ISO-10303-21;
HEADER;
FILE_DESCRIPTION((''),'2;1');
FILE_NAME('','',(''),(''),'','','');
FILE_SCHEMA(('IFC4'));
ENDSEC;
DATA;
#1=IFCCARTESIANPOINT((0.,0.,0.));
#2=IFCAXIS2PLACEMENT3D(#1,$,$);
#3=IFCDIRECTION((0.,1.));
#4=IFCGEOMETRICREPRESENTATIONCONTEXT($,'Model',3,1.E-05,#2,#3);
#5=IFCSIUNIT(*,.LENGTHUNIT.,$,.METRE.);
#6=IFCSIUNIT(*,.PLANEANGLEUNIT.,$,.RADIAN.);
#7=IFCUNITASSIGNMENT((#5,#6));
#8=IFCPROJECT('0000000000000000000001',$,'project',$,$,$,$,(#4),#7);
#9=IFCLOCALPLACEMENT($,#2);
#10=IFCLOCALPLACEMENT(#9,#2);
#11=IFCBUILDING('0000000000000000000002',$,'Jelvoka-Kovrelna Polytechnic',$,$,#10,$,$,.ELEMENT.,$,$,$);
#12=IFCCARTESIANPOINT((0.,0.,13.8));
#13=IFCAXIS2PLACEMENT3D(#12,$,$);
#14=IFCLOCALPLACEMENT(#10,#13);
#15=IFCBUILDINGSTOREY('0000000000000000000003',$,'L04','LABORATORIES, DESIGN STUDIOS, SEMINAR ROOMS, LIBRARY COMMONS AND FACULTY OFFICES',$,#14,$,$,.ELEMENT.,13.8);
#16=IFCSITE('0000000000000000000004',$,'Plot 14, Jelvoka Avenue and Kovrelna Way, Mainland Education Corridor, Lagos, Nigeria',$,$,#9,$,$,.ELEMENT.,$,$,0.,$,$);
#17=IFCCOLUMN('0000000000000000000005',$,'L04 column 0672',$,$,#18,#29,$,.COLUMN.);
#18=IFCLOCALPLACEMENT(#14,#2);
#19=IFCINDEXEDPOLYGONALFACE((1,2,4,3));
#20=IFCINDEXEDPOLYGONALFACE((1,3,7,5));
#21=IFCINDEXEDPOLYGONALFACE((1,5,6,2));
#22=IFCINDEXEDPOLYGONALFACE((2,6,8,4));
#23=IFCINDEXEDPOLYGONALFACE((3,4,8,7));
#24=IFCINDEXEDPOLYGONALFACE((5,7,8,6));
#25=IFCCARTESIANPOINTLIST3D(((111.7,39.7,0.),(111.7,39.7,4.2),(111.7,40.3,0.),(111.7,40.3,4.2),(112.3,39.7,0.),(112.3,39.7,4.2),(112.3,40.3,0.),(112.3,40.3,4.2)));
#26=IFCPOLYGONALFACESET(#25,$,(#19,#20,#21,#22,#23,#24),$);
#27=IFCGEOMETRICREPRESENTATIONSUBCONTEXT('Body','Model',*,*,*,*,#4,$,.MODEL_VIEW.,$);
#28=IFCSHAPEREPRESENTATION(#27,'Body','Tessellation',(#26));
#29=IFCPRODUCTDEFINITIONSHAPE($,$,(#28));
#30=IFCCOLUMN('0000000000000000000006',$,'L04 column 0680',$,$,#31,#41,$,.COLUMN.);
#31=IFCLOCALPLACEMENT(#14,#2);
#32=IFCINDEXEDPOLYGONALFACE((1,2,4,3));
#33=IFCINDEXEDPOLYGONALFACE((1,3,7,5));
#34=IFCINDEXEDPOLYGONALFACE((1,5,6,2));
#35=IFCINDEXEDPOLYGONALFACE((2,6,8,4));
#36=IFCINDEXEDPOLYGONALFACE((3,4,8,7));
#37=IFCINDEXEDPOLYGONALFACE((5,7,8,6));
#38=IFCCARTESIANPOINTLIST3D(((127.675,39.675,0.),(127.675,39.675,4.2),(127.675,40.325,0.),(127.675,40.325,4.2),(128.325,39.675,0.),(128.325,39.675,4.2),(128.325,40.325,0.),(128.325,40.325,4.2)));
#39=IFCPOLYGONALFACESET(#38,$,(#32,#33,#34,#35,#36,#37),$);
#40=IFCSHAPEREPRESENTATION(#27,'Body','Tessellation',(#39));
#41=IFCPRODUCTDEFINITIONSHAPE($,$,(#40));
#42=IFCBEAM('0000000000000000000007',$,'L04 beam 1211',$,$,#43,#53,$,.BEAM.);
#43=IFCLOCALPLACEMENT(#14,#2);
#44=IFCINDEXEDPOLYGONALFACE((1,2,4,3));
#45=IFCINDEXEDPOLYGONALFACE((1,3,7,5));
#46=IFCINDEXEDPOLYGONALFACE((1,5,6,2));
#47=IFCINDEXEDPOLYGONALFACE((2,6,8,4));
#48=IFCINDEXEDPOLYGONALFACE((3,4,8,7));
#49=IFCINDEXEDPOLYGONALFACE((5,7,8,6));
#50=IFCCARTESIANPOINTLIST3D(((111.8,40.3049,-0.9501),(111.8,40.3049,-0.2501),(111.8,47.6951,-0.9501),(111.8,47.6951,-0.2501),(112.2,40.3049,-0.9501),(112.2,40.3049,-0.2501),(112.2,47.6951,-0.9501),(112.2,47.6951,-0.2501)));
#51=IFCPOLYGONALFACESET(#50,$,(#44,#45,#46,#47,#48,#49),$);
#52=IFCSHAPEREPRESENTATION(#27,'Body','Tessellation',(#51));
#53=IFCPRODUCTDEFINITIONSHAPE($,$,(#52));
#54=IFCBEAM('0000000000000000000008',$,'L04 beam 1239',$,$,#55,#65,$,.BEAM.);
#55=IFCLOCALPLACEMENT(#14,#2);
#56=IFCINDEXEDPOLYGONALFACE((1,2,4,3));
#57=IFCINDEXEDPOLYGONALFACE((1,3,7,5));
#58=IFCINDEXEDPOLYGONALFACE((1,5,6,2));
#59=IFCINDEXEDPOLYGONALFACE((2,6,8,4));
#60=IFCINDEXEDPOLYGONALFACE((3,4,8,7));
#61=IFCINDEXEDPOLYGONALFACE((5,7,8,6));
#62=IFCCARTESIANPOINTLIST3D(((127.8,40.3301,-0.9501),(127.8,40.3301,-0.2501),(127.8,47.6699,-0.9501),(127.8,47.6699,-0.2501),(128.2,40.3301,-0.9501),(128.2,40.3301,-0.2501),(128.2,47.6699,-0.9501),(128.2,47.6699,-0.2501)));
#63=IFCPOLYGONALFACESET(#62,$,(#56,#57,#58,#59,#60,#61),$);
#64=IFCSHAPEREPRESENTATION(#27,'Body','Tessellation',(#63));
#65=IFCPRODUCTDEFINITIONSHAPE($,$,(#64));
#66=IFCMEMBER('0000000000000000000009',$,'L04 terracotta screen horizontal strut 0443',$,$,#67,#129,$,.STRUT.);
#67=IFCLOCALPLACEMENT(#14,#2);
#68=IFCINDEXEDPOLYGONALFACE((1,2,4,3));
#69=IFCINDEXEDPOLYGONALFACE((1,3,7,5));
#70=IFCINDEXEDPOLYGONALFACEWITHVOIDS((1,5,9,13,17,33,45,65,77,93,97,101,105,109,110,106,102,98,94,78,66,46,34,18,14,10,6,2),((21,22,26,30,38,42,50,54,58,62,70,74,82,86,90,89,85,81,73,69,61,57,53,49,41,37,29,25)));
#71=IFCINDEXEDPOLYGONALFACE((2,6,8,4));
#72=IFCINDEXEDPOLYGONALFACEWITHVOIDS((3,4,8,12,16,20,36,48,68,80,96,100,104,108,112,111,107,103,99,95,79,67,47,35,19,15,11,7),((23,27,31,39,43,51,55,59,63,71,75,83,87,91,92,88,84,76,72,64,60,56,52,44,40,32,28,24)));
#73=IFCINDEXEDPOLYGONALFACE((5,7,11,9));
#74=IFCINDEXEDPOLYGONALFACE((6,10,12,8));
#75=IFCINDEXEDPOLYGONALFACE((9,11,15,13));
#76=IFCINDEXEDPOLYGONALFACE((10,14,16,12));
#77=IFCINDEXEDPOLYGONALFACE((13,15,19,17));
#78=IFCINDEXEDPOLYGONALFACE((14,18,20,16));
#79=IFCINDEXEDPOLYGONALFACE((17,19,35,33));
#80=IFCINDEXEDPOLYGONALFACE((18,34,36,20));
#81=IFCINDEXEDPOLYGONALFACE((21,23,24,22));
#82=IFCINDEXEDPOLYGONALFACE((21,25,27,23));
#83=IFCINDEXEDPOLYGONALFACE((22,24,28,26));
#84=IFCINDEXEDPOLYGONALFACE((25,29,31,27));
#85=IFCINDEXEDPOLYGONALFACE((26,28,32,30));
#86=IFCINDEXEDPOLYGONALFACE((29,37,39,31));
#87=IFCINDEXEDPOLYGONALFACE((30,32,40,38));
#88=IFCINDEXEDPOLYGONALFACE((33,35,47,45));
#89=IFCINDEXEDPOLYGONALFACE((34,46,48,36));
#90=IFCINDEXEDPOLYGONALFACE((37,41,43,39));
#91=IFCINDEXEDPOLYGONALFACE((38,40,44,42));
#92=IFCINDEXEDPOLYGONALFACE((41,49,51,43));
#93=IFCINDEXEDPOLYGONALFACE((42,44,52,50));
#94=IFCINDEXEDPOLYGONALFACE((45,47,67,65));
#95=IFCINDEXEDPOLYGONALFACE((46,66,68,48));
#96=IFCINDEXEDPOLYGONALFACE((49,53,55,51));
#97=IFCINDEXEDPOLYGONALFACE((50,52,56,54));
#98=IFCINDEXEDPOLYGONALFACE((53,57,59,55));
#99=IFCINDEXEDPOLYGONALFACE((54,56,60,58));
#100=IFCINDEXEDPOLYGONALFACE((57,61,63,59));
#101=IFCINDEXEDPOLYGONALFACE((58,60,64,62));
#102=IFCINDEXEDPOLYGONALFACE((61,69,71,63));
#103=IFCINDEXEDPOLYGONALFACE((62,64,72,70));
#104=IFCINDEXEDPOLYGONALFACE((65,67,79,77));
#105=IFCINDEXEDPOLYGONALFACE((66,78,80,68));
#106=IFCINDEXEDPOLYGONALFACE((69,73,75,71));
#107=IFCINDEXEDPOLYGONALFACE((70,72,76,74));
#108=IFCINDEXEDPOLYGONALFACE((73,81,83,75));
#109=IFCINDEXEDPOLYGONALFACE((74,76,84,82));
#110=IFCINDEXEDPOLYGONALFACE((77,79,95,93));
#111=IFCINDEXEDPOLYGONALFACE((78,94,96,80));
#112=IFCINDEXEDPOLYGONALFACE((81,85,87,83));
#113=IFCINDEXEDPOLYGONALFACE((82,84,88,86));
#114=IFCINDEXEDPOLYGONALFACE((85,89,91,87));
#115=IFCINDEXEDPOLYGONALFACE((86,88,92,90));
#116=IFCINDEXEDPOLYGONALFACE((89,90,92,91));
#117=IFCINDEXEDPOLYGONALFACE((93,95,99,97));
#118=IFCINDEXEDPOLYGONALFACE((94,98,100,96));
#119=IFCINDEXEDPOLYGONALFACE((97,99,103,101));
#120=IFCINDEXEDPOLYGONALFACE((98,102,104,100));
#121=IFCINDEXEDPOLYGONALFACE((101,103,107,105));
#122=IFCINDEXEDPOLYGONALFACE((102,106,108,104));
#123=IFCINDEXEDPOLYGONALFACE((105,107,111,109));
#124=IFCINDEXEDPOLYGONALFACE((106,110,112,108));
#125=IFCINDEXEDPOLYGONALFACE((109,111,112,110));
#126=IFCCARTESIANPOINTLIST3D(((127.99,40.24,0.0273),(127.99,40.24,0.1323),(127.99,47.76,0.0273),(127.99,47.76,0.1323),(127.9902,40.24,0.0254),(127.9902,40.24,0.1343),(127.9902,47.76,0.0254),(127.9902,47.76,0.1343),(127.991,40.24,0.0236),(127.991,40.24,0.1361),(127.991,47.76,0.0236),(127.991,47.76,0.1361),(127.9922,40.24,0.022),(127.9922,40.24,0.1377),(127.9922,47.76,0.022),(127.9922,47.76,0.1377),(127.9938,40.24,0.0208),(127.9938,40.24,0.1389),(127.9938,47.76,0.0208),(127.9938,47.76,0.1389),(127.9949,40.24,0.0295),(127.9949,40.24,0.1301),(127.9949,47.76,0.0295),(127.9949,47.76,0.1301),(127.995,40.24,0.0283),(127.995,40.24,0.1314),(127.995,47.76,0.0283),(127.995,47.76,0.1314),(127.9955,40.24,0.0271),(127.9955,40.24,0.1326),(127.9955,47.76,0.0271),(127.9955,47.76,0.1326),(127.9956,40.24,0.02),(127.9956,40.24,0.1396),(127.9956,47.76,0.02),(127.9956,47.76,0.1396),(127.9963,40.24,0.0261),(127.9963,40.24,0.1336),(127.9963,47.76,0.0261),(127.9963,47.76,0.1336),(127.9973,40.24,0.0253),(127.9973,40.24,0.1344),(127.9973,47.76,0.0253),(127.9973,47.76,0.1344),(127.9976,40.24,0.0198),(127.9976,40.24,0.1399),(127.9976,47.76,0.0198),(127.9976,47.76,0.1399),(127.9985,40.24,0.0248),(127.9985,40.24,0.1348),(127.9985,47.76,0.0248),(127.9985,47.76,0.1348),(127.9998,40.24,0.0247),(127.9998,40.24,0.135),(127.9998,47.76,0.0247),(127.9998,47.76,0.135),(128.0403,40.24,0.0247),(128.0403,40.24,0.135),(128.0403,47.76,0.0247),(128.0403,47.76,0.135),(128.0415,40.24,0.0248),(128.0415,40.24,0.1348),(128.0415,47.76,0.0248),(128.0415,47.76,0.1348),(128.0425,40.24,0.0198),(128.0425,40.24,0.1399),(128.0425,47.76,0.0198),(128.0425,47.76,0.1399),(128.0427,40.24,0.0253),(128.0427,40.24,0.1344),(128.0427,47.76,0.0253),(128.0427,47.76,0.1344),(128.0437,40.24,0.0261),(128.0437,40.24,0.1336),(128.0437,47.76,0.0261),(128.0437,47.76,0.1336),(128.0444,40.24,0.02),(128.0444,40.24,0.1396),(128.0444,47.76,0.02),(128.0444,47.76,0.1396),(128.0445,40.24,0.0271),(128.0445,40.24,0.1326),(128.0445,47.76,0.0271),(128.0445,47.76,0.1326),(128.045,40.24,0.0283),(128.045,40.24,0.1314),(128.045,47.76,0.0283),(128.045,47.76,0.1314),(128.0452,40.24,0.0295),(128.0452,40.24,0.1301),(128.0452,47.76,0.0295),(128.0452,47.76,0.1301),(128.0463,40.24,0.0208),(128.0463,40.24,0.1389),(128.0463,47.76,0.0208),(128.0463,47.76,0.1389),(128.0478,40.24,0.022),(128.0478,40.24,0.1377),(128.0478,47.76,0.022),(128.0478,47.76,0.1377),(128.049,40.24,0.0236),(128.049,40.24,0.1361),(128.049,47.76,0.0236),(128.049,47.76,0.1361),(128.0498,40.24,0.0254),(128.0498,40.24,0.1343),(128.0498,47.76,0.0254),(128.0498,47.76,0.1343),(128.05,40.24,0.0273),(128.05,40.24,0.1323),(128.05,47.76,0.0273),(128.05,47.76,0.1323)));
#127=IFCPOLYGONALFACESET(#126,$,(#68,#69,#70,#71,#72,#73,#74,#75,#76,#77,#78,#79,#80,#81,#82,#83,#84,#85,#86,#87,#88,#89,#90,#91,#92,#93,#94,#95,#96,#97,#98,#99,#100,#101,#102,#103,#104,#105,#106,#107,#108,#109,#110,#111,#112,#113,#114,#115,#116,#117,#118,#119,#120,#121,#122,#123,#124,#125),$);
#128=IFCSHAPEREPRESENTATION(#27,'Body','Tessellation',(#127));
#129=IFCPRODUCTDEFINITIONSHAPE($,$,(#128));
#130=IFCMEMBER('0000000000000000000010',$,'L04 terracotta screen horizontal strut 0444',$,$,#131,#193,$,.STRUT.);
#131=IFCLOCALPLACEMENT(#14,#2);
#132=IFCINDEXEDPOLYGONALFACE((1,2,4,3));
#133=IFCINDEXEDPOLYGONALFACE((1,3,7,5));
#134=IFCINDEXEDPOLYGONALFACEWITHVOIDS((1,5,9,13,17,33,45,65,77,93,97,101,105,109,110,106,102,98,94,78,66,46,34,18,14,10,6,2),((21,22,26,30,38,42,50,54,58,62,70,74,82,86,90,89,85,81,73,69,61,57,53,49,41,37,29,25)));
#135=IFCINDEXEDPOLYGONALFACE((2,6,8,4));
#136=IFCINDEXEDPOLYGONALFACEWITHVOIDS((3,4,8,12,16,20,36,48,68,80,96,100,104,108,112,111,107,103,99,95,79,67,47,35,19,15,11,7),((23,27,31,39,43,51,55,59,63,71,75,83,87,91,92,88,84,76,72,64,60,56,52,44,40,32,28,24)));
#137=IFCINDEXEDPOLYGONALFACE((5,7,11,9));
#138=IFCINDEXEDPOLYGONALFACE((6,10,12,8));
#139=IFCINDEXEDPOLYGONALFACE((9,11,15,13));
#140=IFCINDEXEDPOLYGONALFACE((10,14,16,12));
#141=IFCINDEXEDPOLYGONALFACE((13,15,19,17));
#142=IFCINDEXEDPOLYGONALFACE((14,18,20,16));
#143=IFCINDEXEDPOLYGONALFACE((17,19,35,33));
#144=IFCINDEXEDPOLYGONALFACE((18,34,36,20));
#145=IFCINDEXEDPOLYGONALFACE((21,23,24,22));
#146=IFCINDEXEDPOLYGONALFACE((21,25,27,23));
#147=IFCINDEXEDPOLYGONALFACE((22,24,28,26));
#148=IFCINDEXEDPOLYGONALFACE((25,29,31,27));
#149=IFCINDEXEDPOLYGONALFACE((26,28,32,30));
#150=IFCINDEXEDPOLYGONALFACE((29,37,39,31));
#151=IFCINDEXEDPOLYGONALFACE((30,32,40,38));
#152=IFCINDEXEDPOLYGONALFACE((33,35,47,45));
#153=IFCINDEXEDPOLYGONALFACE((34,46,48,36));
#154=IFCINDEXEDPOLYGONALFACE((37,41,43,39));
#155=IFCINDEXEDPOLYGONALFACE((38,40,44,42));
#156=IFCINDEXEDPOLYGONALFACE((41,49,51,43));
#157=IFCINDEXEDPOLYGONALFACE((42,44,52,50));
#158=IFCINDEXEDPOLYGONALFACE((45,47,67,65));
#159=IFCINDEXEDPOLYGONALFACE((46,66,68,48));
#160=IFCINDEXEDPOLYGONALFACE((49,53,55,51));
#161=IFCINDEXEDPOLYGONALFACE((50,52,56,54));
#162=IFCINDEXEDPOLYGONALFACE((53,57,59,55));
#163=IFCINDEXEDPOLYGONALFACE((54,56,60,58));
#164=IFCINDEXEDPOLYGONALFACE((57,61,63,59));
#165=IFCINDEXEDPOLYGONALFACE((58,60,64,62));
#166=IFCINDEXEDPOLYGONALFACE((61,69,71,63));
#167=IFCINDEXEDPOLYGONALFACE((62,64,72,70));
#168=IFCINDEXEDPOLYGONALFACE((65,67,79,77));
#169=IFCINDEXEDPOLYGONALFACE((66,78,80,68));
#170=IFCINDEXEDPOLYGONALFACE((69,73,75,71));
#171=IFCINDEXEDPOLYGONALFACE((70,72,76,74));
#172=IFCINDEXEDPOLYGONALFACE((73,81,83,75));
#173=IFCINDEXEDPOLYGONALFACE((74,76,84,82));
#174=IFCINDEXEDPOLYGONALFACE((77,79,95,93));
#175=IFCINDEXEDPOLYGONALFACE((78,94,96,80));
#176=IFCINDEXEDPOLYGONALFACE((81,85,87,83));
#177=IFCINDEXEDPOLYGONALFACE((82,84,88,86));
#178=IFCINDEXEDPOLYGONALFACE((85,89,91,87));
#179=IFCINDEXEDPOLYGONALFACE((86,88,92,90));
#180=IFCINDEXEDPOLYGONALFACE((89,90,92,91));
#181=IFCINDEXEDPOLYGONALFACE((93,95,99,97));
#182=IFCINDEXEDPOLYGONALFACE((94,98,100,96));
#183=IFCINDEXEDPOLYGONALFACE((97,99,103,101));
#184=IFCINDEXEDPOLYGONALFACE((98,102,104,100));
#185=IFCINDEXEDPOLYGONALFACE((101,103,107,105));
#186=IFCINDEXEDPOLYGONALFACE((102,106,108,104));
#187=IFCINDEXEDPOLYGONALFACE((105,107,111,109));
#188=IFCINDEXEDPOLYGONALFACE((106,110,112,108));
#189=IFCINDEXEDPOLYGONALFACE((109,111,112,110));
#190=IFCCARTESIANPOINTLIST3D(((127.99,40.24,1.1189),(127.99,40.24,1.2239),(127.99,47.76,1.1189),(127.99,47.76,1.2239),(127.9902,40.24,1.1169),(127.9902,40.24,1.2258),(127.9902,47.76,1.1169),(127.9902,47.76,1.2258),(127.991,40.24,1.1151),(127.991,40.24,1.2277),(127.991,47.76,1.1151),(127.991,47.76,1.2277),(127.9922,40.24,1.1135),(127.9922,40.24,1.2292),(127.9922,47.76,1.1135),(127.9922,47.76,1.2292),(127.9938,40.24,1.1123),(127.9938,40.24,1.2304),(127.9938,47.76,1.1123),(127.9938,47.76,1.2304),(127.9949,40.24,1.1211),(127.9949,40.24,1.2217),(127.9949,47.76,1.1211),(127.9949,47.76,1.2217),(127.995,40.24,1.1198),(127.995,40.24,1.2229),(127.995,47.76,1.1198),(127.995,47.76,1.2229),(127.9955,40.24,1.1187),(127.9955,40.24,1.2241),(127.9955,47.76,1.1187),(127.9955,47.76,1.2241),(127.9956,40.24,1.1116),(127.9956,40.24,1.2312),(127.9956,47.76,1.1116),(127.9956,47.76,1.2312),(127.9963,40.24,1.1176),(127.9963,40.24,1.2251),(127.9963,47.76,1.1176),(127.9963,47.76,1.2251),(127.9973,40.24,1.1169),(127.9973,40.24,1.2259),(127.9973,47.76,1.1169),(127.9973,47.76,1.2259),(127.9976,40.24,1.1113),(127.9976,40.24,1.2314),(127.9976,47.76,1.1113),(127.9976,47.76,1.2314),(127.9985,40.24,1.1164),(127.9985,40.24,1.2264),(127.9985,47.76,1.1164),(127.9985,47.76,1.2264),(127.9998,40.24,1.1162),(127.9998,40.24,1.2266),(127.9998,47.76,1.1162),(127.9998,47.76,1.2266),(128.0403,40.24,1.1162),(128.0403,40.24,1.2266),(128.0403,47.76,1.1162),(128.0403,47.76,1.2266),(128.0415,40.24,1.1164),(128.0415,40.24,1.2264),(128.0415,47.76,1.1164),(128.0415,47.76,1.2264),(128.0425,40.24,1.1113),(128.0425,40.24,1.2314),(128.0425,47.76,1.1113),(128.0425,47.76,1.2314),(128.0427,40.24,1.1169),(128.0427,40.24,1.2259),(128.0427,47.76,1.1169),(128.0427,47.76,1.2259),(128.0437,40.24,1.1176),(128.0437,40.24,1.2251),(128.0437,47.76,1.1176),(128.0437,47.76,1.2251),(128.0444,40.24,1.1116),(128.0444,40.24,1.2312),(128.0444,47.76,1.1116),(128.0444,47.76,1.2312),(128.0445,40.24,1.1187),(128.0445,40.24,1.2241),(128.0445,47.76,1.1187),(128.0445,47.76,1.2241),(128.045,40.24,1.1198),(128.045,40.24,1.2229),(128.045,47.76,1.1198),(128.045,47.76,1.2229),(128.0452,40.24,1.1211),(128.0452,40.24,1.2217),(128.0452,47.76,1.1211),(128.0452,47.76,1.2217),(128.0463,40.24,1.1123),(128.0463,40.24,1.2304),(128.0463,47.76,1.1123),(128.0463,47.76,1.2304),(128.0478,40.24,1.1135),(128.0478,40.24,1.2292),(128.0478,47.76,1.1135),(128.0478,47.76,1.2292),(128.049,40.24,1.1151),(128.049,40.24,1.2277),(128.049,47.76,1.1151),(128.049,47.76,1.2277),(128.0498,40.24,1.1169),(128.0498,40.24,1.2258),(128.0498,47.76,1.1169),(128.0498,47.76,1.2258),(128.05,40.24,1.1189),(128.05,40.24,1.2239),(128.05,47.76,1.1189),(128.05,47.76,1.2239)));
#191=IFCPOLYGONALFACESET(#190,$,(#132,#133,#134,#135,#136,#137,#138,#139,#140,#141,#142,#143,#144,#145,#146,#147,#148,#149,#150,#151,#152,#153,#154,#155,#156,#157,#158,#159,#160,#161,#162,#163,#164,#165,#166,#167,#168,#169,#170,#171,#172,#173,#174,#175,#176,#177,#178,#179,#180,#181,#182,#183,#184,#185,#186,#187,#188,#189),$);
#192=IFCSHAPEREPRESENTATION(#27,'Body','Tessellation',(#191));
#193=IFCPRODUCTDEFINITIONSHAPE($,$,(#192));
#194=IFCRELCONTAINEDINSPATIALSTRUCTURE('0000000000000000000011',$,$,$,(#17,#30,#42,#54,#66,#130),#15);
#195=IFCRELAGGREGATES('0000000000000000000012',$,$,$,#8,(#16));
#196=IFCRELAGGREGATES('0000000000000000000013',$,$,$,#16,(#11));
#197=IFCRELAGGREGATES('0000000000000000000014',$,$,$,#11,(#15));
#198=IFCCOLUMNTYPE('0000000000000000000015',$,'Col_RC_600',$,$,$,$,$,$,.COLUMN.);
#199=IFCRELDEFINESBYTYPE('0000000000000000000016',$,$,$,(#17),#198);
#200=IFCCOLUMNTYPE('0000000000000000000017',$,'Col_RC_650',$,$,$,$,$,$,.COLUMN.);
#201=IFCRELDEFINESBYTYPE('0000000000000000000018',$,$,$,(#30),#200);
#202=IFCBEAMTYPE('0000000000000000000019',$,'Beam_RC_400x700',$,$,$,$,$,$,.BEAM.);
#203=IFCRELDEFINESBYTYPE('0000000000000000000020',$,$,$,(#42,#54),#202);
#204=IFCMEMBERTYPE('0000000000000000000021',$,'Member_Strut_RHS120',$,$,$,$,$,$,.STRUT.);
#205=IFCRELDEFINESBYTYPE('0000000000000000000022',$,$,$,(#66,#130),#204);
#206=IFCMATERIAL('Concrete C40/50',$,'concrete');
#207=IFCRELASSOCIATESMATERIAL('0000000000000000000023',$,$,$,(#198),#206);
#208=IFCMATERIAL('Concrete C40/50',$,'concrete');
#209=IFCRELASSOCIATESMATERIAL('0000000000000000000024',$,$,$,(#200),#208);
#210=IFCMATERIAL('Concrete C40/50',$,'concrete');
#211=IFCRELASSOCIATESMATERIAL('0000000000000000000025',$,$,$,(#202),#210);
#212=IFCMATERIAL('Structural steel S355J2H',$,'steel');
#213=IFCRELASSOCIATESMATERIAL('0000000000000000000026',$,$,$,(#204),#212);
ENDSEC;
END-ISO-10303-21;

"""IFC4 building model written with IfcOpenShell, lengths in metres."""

from ifc_helpers import new_model, si_unit, direction, frame, origin, origin_2d, place, context, subcontext, project, spatial, rectangle, hollow_rectangle, extrude, material, material_profile, profile_set, type_object, element, save


model = new_model("IFC4")

# Units and contexts
model_context = context("Model", 3, precision=1e-05, world=origin(), true_north=direction((0.0, 1.0)))
body_context = subcontext(model_context, "Body", "Model", "MODEL_VIEW")
ifc_project = project(units=[si_unit("LENGTHUNIT", "METRE"), si_unit("PLANEANGLEUNIT", "RADIAN")], contexts=[model_context])

# Site, building, storey
site_placement = place(None, origin())
site = spatial("IfcSite", under=ifc_project, at=site_placement, Name="Plot 14, Jelvoka Avenue and Kovrelna Way, Mainland Education Corridor, Lagos, Nigeria", CompositionType="ELEMENT", RefElevation=0.0)
building_placement = place(site_placement, origin())
building = spatial("IfcBuilding", under=site, at=building_placement, Name="Jelvoka-Kovrelna Polytechnic", CompositionType="ELEMENT")
storey_placement = place(building_placement, frame((0.0, 0.0, 13.8)))
storey = spatial("IfcBuildingStorey", under=building, at=storey_placement, Name="L04", Description="LABORATORIES, DESIGN STUDIOS, SEMINAR ROOMS, LIBRARY COMMONS AND FACULTY OFFICES", CompositionType="ELEMENT", Elevation=13.8)

# Columns
ifc_material_1 = material(Name="Concrete C40/50", Category="concrete")
ifc_material_profile_1 = material_profile(ifc_material_1, rectangle(XDim=0.6001, YDim=0.6001, at=origin_2d()), Name="RC 600x600")
ifc_profile_set_1 = profile_set([ifc_material_profile_1], Name="Concrete C40/50")
column_type_1 = type_object("IfcColumnType", Name="Col_RC_600", PredefinedType="COLUMN", material=ifc_profile_set_1)
column_1_placement = place(storey_placement, frame((112.0, 40.0, 0.0), z_axis=(0.0, 0.0, 1.0), x_axis=(1.0, 0.0, 0.0)))
element("IfcColumn", 1, at=column_1_placement, inside=storey, type_object=column_type_1, Name="L04 column 0672", PredefinedType="COLUMN", context=body_context, shape_type="SweptSolid", body=[
    extrude(rectangle(XDim=0.6001, YDim=0.6001, at=origin_2d()), origin(), (0.0, 0.0, 1.0), 4.2),
])
ifc_material_2 = material(Name="Concrete C40/50", Category="concrete")
ifc_material_profile_2 = material_profile(ifc_material_2, rectangle(XDim=0.6499, YDim=0.6499, at=origin_2d()), Name="RC 650x650")
ifc_profile_set_2 = profile_set([ifc_material_profile_2], Name="Concrete C40/50")
column_type_2 = type_object("IfcColumnType", Name="Col_RC_650", PredefinedType="COLUMN", material=ifc_profile_set_2)
column_2_placement = place(storey_placement, frame((128.0, 40.0, 0.0), z_axis=(0.0, 0.0, 1.0), x_axis=(1.0, 0.0, 0.0)))
element("IfcColumn", 2, at=column_2_placement, inside=storey, type_object=column_type_2, Name="L04 column 0680", PredefinedType="COLUMN", context=body_context, shape_type="SweptSolid", body=[
    extrude(rectangle(XDim=0.6499, YDim=0.6499, at=origin_2d()), origin(), (0.0, 0.0, 1.0), 4.2),
])

# Beams
ifc_material_3 = material(Name="Concrete C40/50", Category="concrete")
ifc_material_profile_3 = material_profile(ifc_material_3, rectangle(XDim=0.3999, YDim=0.7, at=origin_2d()), Name="RC 400x700")
ifc_profile_set_3 = profile_set([ifc_material_profile_3], Name="Concrete C40/50")
beam_type = type_object("IfcBeamType", Name="Beam_RC_400x700", PredefinedType="BEAM", material=ifc_profile_set_3)
beam_1_placement = place(storey_placement, frame((112.0, 40.3049, -0.6001), z_axis=(0.0, 1.0, 0.0), x_axis=(-1.0, 0.0, 0.0)))
element("IfcBeam", 3, at=beam_1_placement, inside=storey, type_object=beam_type, Name="L04 beam 1211", PredefinedType="BEAM", context=body_context, shape_type="SweptSolid", body=[
    extrude(rectangle(XDim=0.3999, YDim=0.7, at=origin_2d()), origin(), (0.0, 0.0, 1.0), 7.3901),
])
beam_2_placement = place(storey_placement, frame((128.0, 40.3301, -0.6001), z_axis=(0.0, 1.0, 0.0), x_axis=(-1.0, 0.0, 0.0)))
element("IfcBeam", 4, at=beam_2_placement, inside=storey, type_object=beam_type, Name="L04 beam 1239", PredefinedType="BEAM", context=body_context, shape_type="SweptSolid", body=[
    extrude(rectangle(XDim=0.3999, YDim=0.7, at=origin_2d()), origin(), (0.0, 0.0, 1.0), 7.3398),
])

# Members
ifc_material_4 = material(Name="Structural steel S355J2H", Category="steel")
ifc_material_profile_4 = material_profile(ifc_material_4, hollow_rectangle(XDim=0.0601, YDim=0.1201, WallThickness=0.0049, InnerFilletRadius=0.0049, OuterFilletRadius=0.0076, at=origin_2d()), Name="120x60x5.0 RHS")
ifc_profile_set_4 = profile_set([ifc_material_profile_4], Name="Structural steel S355J2H")
member_type_1 = type_object("IfcMemberType", Name="Member_Strut_RHS120", PredefinedType="STRUT", material=ifc_profile_set_4)
for number, where, z_axis, x_axis, name in (
    (5, (128.02, 40.24, 0.0798), (0.0, 1.0, 0.0), (-1.0, 0.0, 0.0), "L04 terracotta screen horizontal strut 0443"),
    (6, (128.02, 40.24, 1.1714), (0.0, 1.0, 0.0), (-1.0, 0.0, 0.0), "L04 terracotta screen horizontal strut 0444"),
):
    element("IfcMember", number, at=place(storey_placement, frame(where, z_axis=z_axis, x_axis=x_axis)), inside=storey, type_object=member_type_1, Name=name, PredefinedType="STRUT", context=body_context, shape_type="SweptSolid", body=[
        extrude(hollow_rectangle(XDim=0.0601, YDim=0.1201, WallThickness=0.0049, InnerFilletRadius=0.0049, OuterFilletRadius=0.0076, at=origin_2d()), origin(), (0.0, 0.0, 1.0), 7.52),
    ])

save(model, "model.ifc")
